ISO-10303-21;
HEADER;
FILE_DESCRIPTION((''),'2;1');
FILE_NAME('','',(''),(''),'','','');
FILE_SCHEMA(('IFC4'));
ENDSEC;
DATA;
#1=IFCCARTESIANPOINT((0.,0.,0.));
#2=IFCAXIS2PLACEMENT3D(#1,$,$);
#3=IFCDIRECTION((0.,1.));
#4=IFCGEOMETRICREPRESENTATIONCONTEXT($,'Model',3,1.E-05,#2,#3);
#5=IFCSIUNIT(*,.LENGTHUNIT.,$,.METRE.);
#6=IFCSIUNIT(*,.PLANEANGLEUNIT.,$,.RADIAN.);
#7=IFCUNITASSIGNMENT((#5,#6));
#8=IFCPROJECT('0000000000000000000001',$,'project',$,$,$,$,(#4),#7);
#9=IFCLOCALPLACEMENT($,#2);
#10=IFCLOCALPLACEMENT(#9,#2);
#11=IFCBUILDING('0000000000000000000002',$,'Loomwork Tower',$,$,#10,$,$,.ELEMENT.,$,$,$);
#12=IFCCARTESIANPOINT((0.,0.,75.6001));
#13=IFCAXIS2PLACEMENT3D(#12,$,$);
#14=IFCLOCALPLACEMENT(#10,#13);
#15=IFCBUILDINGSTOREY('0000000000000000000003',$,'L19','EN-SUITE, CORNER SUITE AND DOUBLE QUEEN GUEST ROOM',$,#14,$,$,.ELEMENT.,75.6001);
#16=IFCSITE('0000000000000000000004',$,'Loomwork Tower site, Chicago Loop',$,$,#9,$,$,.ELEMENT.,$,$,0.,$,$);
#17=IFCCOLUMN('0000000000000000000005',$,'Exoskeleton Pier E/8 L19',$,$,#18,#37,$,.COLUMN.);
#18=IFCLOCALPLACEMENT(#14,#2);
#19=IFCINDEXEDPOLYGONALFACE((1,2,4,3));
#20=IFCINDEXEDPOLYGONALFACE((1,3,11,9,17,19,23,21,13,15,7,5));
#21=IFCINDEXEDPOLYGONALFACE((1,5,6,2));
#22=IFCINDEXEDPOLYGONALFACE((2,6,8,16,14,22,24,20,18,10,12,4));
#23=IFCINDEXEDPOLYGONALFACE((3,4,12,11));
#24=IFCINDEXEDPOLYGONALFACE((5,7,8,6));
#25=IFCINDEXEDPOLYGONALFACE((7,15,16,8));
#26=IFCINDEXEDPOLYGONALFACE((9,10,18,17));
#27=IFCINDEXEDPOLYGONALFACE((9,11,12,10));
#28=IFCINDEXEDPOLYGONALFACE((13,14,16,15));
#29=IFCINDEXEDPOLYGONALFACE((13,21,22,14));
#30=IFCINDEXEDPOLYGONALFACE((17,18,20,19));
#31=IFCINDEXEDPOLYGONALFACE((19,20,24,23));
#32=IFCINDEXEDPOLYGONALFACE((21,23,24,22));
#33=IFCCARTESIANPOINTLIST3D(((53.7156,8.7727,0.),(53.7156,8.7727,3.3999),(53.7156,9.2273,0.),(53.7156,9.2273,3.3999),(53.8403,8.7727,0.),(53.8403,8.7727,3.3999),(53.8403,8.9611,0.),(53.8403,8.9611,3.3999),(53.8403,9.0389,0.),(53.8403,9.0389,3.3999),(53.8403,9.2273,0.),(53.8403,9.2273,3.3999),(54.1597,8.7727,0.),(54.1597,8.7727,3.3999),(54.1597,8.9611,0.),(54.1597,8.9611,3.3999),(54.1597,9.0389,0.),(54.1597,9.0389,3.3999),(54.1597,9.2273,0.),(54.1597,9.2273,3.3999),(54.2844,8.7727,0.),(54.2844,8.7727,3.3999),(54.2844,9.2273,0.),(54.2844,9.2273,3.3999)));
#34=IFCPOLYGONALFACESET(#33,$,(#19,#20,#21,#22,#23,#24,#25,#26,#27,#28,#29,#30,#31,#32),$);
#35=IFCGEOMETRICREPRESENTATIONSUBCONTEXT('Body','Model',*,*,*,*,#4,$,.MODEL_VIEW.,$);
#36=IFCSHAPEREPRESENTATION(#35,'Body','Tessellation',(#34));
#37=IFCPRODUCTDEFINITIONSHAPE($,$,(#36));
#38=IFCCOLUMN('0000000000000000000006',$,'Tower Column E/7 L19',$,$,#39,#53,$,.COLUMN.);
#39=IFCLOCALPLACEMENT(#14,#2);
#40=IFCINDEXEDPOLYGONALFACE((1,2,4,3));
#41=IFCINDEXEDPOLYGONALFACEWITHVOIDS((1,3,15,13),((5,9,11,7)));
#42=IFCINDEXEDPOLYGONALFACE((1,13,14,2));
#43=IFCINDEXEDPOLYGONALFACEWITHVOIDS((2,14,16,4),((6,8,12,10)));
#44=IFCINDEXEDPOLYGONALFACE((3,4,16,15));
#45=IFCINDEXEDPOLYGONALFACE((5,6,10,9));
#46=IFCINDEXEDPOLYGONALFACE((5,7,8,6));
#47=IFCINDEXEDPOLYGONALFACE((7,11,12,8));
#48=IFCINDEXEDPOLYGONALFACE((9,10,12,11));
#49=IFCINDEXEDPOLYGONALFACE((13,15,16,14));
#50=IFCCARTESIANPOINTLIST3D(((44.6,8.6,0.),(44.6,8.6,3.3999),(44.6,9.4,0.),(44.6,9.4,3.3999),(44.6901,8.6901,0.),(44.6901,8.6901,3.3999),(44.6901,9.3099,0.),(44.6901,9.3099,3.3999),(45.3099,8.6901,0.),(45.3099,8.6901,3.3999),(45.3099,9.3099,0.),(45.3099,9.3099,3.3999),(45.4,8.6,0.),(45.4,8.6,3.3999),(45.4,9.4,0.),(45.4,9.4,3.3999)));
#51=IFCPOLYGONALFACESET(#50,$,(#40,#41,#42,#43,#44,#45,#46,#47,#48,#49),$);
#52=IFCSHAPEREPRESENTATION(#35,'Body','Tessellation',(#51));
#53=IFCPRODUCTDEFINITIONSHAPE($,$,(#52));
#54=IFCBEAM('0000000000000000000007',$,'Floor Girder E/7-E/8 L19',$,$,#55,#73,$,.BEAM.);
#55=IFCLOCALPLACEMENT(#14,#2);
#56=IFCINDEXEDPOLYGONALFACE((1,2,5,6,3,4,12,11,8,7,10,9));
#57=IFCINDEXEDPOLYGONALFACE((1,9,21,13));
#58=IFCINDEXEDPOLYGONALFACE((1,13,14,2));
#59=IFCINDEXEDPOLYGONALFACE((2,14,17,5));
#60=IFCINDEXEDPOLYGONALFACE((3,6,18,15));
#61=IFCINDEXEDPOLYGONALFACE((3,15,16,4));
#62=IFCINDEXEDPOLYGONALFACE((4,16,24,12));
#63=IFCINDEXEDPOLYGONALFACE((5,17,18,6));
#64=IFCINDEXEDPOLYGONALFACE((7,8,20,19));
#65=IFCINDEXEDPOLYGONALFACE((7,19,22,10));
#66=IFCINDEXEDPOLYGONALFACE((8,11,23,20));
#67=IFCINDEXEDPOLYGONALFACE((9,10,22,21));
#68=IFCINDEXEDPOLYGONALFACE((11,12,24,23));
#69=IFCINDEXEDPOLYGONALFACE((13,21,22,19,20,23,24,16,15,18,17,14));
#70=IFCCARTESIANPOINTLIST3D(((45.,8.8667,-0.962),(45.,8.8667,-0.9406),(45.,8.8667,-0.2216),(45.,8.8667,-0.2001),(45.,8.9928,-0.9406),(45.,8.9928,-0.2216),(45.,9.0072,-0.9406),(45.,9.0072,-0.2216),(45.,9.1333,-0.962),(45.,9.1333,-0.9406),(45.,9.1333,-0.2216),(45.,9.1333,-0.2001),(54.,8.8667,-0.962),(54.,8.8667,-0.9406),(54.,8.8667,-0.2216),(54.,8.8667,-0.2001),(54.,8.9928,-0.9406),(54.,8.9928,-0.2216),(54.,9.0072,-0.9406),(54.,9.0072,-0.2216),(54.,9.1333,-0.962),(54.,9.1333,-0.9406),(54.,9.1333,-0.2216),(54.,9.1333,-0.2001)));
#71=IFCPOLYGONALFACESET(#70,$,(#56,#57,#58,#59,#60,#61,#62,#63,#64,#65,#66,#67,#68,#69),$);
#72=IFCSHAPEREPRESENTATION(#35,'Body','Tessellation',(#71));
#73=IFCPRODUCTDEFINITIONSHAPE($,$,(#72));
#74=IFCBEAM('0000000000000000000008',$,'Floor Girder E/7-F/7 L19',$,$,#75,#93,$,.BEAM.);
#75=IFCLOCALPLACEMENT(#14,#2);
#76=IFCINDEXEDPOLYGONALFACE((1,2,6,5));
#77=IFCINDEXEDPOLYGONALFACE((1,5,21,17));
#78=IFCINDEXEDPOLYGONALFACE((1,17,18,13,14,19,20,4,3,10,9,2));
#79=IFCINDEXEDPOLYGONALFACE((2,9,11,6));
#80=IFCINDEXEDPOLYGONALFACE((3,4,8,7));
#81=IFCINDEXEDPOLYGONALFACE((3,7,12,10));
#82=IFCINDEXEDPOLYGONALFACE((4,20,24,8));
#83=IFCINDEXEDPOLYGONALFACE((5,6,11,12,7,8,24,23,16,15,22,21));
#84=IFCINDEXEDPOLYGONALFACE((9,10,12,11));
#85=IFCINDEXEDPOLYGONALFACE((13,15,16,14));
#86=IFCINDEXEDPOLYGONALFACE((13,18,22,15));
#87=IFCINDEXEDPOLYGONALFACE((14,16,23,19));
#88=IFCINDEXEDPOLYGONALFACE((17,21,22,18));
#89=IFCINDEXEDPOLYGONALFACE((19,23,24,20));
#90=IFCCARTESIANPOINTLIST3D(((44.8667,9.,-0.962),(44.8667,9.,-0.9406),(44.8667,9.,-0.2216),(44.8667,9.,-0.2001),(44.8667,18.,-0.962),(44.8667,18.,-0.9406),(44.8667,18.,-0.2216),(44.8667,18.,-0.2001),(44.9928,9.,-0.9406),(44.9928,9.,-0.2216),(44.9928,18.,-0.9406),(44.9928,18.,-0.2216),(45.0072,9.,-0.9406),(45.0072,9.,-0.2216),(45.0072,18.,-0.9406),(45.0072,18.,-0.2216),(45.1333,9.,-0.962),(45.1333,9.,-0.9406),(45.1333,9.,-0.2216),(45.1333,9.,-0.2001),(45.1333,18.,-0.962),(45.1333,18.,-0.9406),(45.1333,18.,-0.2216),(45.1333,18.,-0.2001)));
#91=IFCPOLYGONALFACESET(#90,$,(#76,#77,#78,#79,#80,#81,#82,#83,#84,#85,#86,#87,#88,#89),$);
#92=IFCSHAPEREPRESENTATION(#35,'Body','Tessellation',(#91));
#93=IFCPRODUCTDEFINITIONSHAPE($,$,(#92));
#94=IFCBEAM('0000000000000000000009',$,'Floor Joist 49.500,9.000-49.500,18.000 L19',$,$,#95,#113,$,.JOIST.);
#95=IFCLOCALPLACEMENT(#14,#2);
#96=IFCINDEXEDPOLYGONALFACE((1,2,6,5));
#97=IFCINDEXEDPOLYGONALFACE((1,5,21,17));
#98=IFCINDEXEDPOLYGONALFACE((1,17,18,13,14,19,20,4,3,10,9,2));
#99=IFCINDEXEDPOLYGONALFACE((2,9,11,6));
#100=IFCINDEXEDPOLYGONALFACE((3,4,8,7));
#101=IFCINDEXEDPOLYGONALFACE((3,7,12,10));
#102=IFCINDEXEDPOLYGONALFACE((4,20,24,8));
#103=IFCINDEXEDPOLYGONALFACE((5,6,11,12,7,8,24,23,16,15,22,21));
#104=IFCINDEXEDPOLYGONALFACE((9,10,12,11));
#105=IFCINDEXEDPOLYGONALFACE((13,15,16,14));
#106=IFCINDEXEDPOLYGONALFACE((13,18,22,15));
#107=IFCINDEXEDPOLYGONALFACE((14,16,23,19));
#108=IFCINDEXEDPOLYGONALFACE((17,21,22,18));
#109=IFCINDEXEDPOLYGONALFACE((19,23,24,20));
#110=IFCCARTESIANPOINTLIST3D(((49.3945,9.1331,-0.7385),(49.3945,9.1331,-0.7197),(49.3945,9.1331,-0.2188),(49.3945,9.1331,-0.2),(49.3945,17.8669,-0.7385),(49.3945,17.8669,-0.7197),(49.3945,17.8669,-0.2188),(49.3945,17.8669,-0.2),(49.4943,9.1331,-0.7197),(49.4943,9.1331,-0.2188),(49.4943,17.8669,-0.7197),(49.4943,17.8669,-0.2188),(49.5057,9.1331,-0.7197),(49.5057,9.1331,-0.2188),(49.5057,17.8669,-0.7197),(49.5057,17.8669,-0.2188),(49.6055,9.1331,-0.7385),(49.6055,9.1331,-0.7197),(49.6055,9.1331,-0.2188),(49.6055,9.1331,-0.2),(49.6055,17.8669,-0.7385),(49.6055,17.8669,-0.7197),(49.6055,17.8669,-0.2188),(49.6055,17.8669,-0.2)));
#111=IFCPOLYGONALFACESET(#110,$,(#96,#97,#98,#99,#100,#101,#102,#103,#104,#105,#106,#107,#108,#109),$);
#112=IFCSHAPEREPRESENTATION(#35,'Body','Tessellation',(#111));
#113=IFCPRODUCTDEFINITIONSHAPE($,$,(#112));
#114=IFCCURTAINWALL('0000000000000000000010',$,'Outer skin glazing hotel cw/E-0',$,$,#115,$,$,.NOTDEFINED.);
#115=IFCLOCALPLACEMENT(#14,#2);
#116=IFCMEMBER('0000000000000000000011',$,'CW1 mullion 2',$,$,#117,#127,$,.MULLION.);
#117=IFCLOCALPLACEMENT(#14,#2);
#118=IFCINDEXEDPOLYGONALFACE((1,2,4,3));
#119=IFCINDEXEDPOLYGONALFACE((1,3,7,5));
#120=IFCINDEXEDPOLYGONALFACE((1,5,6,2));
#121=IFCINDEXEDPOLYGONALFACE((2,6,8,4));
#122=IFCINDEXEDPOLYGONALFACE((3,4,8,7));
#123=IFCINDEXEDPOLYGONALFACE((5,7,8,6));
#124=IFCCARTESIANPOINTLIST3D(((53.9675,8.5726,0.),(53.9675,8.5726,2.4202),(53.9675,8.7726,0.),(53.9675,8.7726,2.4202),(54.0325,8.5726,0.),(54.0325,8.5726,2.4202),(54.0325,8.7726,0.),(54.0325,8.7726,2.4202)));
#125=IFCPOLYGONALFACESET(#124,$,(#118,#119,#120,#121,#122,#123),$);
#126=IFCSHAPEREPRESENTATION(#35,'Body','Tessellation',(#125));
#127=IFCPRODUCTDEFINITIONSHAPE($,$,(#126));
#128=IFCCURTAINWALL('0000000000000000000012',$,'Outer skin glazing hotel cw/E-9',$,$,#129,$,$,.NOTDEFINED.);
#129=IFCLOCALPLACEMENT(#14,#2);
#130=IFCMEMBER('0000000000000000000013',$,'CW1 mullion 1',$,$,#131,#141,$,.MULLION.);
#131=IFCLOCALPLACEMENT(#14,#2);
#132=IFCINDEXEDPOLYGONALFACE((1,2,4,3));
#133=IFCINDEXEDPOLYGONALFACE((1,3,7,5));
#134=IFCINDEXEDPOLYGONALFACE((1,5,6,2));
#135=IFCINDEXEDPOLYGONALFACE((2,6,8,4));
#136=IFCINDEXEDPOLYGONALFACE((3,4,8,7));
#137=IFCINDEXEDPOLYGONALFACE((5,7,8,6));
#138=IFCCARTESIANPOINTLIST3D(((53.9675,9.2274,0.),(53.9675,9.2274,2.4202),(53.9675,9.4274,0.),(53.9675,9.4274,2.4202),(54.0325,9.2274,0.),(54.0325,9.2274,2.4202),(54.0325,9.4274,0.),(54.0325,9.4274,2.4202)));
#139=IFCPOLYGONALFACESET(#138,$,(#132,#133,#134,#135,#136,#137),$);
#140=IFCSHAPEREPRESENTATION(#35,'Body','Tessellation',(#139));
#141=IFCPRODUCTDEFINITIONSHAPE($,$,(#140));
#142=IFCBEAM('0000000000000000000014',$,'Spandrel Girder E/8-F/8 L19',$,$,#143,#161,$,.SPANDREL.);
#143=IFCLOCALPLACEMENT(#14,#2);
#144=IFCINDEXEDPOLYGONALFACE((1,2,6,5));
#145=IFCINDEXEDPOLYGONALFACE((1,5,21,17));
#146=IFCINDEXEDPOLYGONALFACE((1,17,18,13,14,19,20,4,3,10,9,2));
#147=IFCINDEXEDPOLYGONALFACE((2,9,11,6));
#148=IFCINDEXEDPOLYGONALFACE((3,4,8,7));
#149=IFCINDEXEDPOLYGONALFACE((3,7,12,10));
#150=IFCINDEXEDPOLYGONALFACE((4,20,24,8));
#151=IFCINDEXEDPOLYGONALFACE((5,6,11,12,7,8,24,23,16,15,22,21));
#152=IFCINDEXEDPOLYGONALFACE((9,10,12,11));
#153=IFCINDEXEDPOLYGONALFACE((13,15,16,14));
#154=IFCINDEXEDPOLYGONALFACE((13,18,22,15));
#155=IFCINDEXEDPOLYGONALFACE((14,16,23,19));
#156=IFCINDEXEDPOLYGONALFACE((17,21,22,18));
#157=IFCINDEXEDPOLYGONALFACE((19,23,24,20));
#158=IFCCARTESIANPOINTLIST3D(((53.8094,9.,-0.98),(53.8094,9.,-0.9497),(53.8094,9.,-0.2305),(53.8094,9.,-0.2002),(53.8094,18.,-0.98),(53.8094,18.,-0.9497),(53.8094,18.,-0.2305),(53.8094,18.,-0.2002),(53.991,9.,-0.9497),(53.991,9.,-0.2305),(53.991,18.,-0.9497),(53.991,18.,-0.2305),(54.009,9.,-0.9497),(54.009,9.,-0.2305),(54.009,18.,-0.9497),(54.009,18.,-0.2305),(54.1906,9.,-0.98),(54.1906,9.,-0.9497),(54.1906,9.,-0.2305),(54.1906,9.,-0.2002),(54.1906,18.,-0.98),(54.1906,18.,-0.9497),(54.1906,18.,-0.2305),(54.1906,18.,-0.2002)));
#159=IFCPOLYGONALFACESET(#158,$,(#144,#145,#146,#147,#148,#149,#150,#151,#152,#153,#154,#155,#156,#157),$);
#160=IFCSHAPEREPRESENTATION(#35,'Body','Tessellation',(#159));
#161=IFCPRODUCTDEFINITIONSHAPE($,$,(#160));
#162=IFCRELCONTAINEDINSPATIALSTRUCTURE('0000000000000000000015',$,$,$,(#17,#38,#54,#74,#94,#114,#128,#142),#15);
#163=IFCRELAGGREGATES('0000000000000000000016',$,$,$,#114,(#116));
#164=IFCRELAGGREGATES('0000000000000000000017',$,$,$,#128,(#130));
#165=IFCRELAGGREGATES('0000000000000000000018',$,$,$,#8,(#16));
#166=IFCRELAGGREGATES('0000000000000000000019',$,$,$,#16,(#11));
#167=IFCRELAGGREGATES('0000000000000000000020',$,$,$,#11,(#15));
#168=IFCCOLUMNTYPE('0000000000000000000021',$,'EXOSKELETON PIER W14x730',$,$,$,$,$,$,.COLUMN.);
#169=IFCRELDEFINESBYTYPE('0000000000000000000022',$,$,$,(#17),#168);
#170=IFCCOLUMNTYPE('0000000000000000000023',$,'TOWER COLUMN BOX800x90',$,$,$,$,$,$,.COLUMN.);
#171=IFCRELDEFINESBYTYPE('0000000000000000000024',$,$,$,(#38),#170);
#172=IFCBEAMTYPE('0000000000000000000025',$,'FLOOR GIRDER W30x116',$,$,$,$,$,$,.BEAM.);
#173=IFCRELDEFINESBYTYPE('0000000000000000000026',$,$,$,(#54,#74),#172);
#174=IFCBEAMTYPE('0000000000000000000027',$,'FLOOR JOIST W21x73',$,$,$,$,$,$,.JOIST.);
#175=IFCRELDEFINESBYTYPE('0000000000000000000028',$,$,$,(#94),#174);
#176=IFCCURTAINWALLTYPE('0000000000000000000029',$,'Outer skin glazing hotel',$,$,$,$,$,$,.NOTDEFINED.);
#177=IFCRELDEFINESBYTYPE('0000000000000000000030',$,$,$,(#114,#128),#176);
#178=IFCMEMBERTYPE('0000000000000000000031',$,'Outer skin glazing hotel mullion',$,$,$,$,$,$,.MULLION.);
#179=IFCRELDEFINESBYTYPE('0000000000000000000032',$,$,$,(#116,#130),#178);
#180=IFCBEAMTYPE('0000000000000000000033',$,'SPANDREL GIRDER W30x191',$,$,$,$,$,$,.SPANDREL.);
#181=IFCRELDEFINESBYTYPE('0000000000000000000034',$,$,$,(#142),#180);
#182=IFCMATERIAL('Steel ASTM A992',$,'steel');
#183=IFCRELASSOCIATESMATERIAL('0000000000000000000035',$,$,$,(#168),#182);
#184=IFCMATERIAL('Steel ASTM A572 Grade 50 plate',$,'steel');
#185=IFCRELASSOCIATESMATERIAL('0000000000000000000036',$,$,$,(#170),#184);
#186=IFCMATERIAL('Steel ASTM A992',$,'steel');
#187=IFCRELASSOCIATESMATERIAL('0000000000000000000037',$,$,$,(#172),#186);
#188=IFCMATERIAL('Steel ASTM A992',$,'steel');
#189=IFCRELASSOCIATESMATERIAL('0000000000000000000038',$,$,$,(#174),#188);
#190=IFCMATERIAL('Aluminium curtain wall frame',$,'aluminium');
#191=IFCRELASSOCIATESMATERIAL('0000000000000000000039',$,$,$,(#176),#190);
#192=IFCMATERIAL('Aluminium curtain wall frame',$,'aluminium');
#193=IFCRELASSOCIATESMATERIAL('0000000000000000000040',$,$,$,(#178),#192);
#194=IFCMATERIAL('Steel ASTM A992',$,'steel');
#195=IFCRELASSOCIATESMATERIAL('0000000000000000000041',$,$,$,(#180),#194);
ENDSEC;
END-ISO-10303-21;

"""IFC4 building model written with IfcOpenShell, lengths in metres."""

from ifc_helpers import new_model, si_unit, direction, frame, origin, origin_2d, place, context, subcontext, project, spatial, rectangle, hollow_rectangle, i_section, extrude, material, material_profile, profile_set, type_object, element, aggregate, save


model = new_model("IFC4")

# Units and contexts
model_context = context("Model", 3, precision=1e-05, world=origin(), true_north=direction((0.0, 1.0)))
body_context = subcontext(model_context, "Body", "Model", "MODEL_VIEW")
ifc_project = project(units=[si_unit("LENGTHUNIT", "METRE"), si_unit("PLANEANGLEUNIT", "RADIAN")], contexts=[model_context])

# Site, building, storey
site_placement = place(None, origin())
site = spatial("IfcSite", under=ifc_project, at=site_placement, Name="Loomwork Tower site, Chicago Loop", CompositionType="ELEMENT", RefElevation=0.0)
building_placement = place(site_placement, origin())
building = spatial("IfcBuilding", under=site, at=building_placement, Name="Loomwork Tower", CompositionType="ELEMENT")
storey_placement = place(building_placement, frame((0.0, 0.0, 75.6001)))
storey = spatial("IfcBuildingStorey", under=building, at=storey_placement, Name="L19", Description="EN-SUITE, CORNER SUITE AND DOUBLE QUEEN GUEST ROOM", CompositionType="ELEMENT", Elevation=75.6001)

# Columns
ifc_material_1 = material(Name="Steel ASTM A992", Category="steel")
ifc_material_profile_1 = material_profile(ifc_material_1, i_section(OverallWidth=0.4546, OverallDepth=0.5688, WebThickness=0.0779, FlangeThickness=0.1248, at=origin_2d()), Name="W14x730")
ifc_profile_set_1 = profile_set([ifc_material_profile_1], Name="Steel ASTM A992")
column_type_1 = type_object("IfcColumnType", Name="EXOSKELETON PIER W14x730", PredefinedType="COLUMN", material=ifc_profile_set_1)
column_1_placement = place(storey_placement, frame((54.0, 9.0, 0.0), z_axis=(0.0, 0.0, 1.0), x_axis=(0.0, 1.0, 0.0)))
element("IfcColumn", 1, at=column_1_placement, inside=storey, type_object=column_type_1, Name="Exoskeleton Pier E/8 L19", PredefinedType="COLUMN", context=body_context, shape_type="SweptSolid", body=[
    extrude(i_section(OverallWidth=0.4546, OverallDepth=0.5688, WebThickness=0.0779, FlangeThickness=0.1248, at=origin_2d()), origin(), (0.0, 0.0, 1.0), 3.3999),
])
ifc_material_2 = material(Name="Steel ASTM A572 Grade 50 plate", Category="steel")
ifc_material_profile_2 = material_profile(ifc_material_2, hollow_rectangle(XDim=0.8, YDim=0.8, WallThickness=0.0901, at=origin_2d()), Name="BOX800x90")
ifc_profile_set_2 = profile_set([ifc_material_profile_2], Name="Steel ASTM A572 Grade 50 plate")
column_type_2 = type_object("IfcColumnType", Name="TOWER COLUMN BOX800x90", PredefinedType="COLUMN", material=ifc_profile_set_2)
column_2_placement = place(storey_placement, frame((45.0, 9.0, 0.0), z_axis=(0.0, 0.0, 1.0), x_axis=(0.0, 1.0, 0.0)))
element("IfcColumn", 2, at=column_2_placement, inside=storey, type_object=column_type_2, Name="Tower Column E/7 L19", PredefinedType="COLUMN", context=body_context, shape_type="SweptSolid", body=[
    extrude(hollow_rectangle(XDim=0.8, YDim=0.8, WallThickness=0.0901, at=origin_2d()), origin(), (0.0, 0.0, 1.0), 3.3999),
])

# Beams
ifc_material_3 = material(Name="Steel ASTM A992", Category="steel")
ifc_material_profile_3 = material_profile(ifc_material_3, i_section(OverallWidth=0.2666, OverallDepth=0.762, WebThickness=0.0144, FlangeThickness=0.0215, at=origin_2d()), Name="W30x116")
ifc_profile_set_3 = profile_set([ifc_material_profile_3], Name="Steel ASTM A992")
beam_type_1 = type_object("IfcBeamType", Name="FLOOR GIRDER W30x116", PredefinedType="BEAM", material=ifc_profile_set_3)
for number, where, z_axis, x_axis, name in (
    (3, (45.0, 9.0, -0.5811), (1.0, 0.0, 0.0), (0.0, 1.0, 0.0), "Floor Girder E/7-E/8 L19"),
    (4, (45.0, 9.0, -0.5811), (0.0, 1.0, 0.0), (-1.0, 0.0, 0.0), "Floor Girder E/7-F/7 L19"),
):
    element("IfcBeam", number, at=place(storey_placement, frame(where, z_axis=z_axis, x_axis=x_axis)), inside=storey, type_object=beam_type_1, Name=name, PredefinedType="BEAM", context=body_context, shape_type="SweptSolid", body=[
        extrude(i_section(OverallWidth=0.2666, OverallDepth=0.762, WebThickness=0.0144, FlangeThickness=0.0215, at=origin_2d()), origin(), (0.0, 0.0, 1.0), 9.0),
    ])
ifc_material_4 = material(Name="Steel ASTM A992", Category="steel")
ifc_material_profile_4 = material_profile(ifc_material_4, i_section(OverallWidth=0.2109, OverallDepth=0.5386, WebThickness=0.0115, FlangeThickness=0.0188, at=origin_2d()), Name="W21x73")
ifc_profile_set_4 = profile_set([ifc_material_profile_4], Name="Steel ASTM A992")
beam_type_2 = type_object("IfcBeamType", Name="FLOOR JOIST W21x73", PredefinedType="JOIST", material=ifc_profile_set_4)
beam_1_placement = place(storey_placement, frame((49.5, 9.1331, -0.4692), z_axis=(0.0, 1.0, 0.0), x_axis=(-1.0, 0.0, 0.0)))
element("IfcBeam", 5, at=beam_1_placement, inside=storey, type_object=beam_type_2, Name="Floor Joist 49.500,9.000-49.500,18.000 L19", PredefinedType="JOIST", context=body_context, shape_type="SweptSolid", body=[
    extrude(i_section(OverallWidth=0.2109, OverallDepth=0.5386, WebThickness=0.0115, FlangeThickness=0.0188, at=origin_2d()), origin(), (0.0, 0.0, 1.0), 8.7339),
])

# Curtain walls, members
ifc_material_5 = material(Name="Aluminium curtain wall frame", Category="aluminium")
curtain_wall_type = type_object("IfcCurtainWallType", Name="Outer skin glazing hotel", PredefinedType="NOTDEFINED", material=ifc_material_5)
curtain_wall_1_placement = place(storey_placement, origin())
curtain_wall_1 = element("IfcCurtainWall", 6, at=curtain_wall_1_placement, inside=storey, type_object=curtain_wall_type, Name="Outer skin glazing hotel cw/E-0", PredefinedType="NOTDEFINED")
ifc_material_6 = material(Name="Aluminium curtain wall frame", Category="aluminium")
ifc_material_profile_5 = material_profile(ifc_material_6, rectangle(XDim=0.0649, YDim=0.2, at=origin_2d()), Name="AL 65x200")
ifc_profile_set_5 = profile_set([ifc_material_profile_5], Name="Aluminium curtain wall frame")
member_type = type_object("IfcMemberType", Name="Outer skin glazing hotel mullion", PredefinedType="MULLION", material=ifc_profile_set_5)
member_1_placement = place(storey_placement, frame((54.0, 8.6726, 0.0), z_axis=(0.0, 0.0, 1.0), x_axis=(-1.0, 0.0, 0.0)))
member_1 = element("IfcMember", 7, at=member_1_placement, type_object=member_type, Name="CW1 mullion 2", PredefinedType="MULLION", context=body_context, shape_type="SweptSolid", body=[
    extrude(rectangle(XDim=0.0649, YDim=0.2, at=origin_2d()), origin(), (0.0, 0.0, 1.0), 2.4202),
])
aggregate(curtain_wall_1, [member_1])
curtain_wall_2_placement = place(storey_placement, origin())
curtain_wall_2 = element("IfcCurtainWall", 8, at=curtain_wall_2_placement, inside=storey, type_object=curtain_wall_type, Name="Outer skin glazing hotel cw/E-9", PredefinedType="NOTDEFINED")
member_2_placement = place(storey_placement, frame((54.0, 9.3274, 0.0), z_axis=(0.0, 0.0, 1.0), x_axis=(-1.0, 0.0, 0.0)))
member_2 = element("IfcMember", 9, at=member_2_placement, type_object=member_type, Name="CW1 mullion 1", PredefinedType="MULLION", context=body_context, shape_type="SweptSolid", body=[
    extrude(rectangle(XDim=0.0649, YDim=0.2, at=origin_2d()), origin(), (0.0, 0.0, 1.0), 2.4202),
])
aggregate(curtain_wall_2, [member_2])

# Beam
ifc_material_7 = material(Name="Steel ASTM A992", Category="steel")
ifc_material_profile_6 = material_profile(ifc_material_7, i_section(OverallWidth=0.3811, OverallDepth=0.7798, WebThickness=0.0181, FlangeThickness=0.0303, at=origin_2d()), Name="W30x191")
ifc_profile_set_6 = profile_set([ifc_material_profile_6], Name="Steel ASTM A992")
beam_type_3 = type_object("IfcBeamType", Name="SPANDREL GIRDER W30x191", PredefinedType="SPANDREL", material=ifc_profile_set_6)
beam_2_placement = place(storey_placement, frame((54.0, 9.0, -0.5901), z_axis=(0.0, 1.0, 0.0), x_axis=(-1.0, 0.0, 0.0)))
element("IfcBeam", 10, at=beam_2_placement, inside=storey, type_object=beam_type_3, Name="Spandrel Girder E/8-F/8 L19", PredefinedType="SPANDREL", context=body_context, shape_type="SweptSolid", body=[
    extrude(i_section(OverallWidth=0.3811, OverallDepth=0.7798, WebThickness=0.0181, FlangeThickness=0.0303, at=origin_2d()), origin(), (0.0, 0.0, 1.0), 9.0),
])

save(model, "model.ifc")
